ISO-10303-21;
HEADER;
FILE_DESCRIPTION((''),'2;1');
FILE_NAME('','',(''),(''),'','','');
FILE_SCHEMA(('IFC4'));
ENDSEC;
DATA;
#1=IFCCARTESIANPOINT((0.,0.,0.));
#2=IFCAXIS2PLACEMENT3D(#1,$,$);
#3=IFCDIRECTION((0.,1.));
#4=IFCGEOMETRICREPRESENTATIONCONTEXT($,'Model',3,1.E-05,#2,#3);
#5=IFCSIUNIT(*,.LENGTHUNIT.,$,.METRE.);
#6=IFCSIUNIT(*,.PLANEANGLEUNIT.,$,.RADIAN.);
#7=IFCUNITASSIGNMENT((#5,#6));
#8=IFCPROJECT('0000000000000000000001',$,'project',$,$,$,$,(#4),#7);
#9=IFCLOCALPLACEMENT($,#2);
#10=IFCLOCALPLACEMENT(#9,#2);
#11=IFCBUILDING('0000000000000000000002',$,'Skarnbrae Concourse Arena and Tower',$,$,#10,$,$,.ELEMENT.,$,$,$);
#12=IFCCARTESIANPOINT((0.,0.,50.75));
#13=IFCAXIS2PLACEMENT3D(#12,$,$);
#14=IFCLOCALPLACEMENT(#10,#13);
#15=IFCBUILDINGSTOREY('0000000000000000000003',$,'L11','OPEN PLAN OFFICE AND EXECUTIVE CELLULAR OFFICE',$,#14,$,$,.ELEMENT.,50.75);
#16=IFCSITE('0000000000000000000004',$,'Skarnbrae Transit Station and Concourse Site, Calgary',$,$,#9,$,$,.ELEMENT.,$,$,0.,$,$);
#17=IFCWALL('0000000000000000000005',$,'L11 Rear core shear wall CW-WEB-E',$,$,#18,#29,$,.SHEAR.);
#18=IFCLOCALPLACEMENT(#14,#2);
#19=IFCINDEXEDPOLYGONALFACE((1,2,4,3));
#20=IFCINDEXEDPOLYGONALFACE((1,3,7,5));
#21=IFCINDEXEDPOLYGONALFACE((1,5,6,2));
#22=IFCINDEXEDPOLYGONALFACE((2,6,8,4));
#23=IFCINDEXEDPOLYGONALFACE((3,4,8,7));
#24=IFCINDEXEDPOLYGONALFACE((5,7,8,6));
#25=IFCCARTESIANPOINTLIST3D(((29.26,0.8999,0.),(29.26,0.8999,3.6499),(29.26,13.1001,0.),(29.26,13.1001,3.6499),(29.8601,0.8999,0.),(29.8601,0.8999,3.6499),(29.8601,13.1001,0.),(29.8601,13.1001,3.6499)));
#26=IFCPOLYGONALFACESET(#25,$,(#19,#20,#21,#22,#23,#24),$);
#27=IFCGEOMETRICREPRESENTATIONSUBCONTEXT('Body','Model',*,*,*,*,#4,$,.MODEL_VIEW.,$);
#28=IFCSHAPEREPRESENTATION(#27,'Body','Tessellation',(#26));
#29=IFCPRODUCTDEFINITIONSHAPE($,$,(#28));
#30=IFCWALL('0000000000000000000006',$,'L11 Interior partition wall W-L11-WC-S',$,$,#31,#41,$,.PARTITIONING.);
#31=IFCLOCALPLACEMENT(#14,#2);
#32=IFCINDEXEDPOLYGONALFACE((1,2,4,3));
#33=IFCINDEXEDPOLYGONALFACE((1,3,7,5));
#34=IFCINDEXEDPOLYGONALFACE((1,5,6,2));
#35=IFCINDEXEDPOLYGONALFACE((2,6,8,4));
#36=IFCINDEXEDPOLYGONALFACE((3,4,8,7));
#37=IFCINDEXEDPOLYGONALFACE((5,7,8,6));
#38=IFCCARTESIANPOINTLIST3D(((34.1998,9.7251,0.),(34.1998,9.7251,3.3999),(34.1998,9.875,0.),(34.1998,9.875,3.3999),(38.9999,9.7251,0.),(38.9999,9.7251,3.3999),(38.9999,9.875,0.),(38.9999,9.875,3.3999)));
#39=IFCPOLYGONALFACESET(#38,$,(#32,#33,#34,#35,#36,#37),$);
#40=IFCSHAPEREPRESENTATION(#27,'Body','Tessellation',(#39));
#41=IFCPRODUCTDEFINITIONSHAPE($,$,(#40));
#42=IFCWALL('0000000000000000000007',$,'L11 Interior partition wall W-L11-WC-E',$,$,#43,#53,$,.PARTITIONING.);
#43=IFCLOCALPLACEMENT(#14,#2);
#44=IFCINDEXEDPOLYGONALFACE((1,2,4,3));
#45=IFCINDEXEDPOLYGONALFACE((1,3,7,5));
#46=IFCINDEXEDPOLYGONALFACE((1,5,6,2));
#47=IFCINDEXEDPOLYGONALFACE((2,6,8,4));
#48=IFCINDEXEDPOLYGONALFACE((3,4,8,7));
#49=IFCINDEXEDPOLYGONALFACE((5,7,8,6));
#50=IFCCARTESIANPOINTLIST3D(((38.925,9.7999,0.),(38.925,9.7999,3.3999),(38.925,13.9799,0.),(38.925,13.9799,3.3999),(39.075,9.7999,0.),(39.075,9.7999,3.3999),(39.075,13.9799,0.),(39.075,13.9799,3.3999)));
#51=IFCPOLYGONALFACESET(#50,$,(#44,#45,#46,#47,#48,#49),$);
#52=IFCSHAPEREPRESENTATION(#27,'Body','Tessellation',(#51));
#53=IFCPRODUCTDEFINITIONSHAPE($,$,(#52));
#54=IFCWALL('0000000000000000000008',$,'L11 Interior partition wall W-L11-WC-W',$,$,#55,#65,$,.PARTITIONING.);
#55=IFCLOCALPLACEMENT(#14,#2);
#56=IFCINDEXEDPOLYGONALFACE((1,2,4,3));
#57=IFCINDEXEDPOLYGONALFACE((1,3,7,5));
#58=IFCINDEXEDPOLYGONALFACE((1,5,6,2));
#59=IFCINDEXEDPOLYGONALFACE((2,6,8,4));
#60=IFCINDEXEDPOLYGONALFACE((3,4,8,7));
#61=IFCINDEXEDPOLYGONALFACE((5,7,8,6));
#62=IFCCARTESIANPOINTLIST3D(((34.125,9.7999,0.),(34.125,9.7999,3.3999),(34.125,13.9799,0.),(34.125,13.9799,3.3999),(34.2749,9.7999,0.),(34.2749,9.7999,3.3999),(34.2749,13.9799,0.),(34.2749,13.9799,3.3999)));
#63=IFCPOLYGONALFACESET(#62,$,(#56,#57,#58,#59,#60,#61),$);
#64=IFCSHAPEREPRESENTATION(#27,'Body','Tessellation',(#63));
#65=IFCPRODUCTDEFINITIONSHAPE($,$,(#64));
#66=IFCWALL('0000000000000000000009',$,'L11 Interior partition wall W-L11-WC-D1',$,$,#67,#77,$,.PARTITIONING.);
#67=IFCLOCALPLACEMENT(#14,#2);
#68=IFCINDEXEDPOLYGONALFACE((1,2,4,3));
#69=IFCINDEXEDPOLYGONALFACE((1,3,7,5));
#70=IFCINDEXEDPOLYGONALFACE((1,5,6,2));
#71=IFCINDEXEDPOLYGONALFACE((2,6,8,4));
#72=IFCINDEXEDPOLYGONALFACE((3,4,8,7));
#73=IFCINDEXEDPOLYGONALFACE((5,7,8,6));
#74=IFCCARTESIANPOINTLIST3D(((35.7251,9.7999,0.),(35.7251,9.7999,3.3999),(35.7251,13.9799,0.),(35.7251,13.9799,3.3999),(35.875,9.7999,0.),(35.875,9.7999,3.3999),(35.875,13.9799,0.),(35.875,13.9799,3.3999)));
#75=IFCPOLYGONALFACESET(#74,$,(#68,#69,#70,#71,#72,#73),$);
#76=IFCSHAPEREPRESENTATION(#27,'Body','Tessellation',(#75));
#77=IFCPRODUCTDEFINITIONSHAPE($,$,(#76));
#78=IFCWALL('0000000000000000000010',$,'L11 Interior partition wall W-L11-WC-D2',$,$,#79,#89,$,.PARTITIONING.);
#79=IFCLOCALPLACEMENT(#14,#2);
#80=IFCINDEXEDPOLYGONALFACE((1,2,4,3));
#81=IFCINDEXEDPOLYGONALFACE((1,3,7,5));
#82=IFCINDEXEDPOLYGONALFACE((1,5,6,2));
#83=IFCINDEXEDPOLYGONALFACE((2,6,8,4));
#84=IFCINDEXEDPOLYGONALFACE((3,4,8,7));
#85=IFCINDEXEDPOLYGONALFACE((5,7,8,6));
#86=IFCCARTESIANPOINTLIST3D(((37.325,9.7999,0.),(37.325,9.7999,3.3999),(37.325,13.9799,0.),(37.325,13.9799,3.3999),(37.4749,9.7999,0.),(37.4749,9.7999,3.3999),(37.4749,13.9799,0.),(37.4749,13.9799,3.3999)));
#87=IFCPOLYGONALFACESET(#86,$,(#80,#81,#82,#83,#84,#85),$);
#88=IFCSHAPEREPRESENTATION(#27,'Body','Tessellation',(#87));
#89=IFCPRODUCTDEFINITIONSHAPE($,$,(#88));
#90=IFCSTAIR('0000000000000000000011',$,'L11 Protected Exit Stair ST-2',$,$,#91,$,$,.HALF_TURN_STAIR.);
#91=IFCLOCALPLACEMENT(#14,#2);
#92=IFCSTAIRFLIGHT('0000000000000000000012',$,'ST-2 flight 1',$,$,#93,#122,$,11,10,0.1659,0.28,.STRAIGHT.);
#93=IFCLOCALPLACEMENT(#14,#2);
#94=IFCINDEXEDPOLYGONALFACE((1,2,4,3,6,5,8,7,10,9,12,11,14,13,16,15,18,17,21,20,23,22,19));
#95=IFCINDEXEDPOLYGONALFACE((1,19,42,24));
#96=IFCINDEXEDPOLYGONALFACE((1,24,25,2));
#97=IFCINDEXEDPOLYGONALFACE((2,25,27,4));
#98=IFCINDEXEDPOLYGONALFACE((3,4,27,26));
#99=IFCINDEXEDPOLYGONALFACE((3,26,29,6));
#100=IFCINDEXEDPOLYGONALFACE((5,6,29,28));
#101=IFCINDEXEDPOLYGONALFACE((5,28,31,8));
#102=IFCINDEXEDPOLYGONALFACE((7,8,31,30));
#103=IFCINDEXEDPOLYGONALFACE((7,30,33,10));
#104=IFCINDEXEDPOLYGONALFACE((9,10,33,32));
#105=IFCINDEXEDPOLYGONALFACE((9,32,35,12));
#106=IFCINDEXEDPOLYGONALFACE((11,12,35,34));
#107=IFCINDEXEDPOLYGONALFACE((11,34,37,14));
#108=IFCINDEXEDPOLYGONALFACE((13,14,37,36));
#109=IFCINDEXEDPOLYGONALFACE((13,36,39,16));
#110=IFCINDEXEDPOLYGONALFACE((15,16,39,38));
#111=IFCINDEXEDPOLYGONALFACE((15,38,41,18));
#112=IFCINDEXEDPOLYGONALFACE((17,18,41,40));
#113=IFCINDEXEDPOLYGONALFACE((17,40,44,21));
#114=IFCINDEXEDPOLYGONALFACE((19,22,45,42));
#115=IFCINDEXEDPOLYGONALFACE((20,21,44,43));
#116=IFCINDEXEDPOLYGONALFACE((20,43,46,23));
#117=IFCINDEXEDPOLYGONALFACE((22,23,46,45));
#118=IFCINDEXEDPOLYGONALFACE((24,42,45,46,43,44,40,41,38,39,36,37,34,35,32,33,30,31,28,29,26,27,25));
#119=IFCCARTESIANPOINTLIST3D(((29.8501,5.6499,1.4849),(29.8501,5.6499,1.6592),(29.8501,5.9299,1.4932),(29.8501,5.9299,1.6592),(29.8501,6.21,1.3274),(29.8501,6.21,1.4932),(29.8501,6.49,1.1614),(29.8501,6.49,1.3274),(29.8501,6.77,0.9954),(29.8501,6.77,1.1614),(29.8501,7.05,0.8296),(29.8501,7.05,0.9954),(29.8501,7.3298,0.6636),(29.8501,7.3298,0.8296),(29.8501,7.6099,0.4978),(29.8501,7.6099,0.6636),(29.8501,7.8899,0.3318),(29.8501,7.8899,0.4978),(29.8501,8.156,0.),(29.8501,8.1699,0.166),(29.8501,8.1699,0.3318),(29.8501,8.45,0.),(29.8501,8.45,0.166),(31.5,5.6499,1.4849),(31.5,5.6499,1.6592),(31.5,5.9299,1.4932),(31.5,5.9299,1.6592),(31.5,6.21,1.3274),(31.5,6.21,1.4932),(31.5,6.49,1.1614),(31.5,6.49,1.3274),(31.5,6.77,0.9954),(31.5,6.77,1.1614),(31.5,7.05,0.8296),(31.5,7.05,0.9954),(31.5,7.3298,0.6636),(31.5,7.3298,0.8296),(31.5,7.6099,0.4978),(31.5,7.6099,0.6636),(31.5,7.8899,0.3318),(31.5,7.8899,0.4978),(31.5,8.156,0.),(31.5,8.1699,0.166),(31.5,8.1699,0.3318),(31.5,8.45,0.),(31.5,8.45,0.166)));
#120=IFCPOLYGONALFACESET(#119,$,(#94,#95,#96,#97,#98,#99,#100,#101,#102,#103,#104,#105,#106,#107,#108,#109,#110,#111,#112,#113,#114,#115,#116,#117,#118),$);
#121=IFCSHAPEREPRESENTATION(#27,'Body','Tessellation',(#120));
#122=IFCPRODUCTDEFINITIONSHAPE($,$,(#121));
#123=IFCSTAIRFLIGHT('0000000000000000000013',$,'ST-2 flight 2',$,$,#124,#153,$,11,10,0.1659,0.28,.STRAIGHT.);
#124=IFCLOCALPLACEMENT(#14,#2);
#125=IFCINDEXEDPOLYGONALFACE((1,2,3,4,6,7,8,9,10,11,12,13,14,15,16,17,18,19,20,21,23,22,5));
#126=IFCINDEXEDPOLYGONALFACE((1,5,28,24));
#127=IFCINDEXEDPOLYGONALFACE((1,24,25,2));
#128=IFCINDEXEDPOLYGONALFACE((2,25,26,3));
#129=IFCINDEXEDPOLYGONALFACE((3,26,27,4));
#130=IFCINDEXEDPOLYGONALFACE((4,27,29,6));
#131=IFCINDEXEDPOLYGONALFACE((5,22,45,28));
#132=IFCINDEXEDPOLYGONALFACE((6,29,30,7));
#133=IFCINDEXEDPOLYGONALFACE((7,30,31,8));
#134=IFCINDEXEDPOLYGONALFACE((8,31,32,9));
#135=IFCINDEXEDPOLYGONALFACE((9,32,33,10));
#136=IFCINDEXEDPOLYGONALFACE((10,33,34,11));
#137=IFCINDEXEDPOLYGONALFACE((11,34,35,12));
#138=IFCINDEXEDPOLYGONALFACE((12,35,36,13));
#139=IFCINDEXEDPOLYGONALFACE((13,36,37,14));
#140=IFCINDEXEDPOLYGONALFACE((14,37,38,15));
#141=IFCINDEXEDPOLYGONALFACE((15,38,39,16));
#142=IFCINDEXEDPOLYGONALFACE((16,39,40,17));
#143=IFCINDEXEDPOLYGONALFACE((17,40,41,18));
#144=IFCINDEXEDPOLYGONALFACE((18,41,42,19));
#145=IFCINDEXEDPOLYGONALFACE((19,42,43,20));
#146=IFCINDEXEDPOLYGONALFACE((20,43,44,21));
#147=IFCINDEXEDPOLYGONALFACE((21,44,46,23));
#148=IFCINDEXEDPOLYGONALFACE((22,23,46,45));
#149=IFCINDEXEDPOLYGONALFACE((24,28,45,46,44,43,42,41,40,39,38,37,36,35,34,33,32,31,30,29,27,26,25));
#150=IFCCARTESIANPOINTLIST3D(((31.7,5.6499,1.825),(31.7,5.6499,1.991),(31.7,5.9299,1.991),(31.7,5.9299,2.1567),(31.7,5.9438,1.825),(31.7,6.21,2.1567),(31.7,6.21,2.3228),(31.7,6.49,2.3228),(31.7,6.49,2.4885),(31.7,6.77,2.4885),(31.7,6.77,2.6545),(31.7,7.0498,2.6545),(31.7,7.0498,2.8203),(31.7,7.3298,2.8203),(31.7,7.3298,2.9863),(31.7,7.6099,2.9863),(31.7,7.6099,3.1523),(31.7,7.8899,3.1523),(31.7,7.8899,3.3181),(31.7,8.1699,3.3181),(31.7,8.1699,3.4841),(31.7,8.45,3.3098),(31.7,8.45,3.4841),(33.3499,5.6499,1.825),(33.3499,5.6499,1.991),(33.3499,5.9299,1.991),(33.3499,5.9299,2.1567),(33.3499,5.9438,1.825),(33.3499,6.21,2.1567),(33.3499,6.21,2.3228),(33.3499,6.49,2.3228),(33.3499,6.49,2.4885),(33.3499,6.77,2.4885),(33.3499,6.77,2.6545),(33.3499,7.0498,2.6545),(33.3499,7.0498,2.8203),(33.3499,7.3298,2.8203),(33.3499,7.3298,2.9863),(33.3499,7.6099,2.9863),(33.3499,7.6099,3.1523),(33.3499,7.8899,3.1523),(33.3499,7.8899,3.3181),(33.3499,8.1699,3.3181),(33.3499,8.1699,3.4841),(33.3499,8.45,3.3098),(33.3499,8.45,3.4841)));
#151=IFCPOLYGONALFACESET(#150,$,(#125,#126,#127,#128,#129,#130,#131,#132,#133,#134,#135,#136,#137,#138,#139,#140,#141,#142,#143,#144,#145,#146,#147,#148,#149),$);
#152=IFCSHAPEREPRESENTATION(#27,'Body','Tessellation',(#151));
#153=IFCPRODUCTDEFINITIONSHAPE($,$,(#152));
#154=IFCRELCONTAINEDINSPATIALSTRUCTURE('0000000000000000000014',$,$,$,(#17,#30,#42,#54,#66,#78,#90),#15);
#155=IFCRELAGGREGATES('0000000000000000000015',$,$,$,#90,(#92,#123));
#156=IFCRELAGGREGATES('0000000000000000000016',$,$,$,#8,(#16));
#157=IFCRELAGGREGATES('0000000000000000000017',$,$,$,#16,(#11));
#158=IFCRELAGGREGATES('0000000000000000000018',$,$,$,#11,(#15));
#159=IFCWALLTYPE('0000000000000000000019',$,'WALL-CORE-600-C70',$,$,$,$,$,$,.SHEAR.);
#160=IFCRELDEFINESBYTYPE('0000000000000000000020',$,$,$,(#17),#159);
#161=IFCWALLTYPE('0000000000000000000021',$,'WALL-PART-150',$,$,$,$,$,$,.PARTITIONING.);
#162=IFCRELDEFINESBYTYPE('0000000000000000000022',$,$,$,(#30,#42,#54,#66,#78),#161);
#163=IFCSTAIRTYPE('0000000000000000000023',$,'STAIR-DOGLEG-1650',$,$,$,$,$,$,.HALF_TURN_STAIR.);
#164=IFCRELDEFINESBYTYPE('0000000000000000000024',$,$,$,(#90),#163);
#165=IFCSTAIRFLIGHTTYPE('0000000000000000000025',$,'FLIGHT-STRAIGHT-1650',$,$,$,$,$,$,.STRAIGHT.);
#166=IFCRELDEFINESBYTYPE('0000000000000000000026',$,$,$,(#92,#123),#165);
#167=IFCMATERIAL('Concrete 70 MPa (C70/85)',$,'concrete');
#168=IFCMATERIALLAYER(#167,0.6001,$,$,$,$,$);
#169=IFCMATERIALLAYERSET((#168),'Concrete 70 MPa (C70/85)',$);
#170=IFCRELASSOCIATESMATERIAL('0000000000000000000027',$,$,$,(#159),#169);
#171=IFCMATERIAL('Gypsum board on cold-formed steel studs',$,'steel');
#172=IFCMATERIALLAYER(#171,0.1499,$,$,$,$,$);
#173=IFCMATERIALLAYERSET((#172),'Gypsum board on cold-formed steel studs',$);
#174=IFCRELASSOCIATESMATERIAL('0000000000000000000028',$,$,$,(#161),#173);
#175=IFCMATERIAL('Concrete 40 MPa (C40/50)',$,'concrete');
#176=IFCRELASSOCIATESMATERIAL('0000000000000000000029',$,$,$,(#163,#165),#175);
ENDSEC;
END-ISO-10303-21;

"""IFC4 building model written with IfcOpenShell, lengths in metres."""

from ifc_helpers import new_model, si_unit, direction, frame, frame_2d, origin, place, context, subcontext, project, spatial, polyline, rectangle, outline, extrude, source, transform, mapped, material, layer, layer_set, type_object, element, aggregate, save


model = new_model("IFC4")

# Units and contexts
model_context = context("Model", 3, precision=1e-05, world=origin(), true_north=direction((0.0, 1.0)))
body_context = subcontext(model_context, "Body", "Model", "MODEL_VIEW")
ifc_project = project(units=[si_unit("LENGTHUNIT", "METRE"), si_unit("PLANEANGLEUNIT", "RADIAN")], contexts=[model_context])

# Site, building, storey
site_placement = place(None, origin())
site = spatial("IfcSite", under=ifc_project, at=site_placement, Name="Skarnbrae Transit Station and Concourse Site, Calgary", CompositionType="ELEMENT", RefElevation=0.0)
building_placement = place(site_placement, origin())
building = spatial("IfcBuilding", under=site, at=building_placement, Name="Skarnbrae Concourse Arena and Tower", CompositionType="ELEMENT")
storey_placement = place(building_placement, frame((0.0, 0.0, 50.75)))
storey = spatial("IfcBuildingStorey", under=building, at=storey_placement, Name="L11", Description="OPEN PLAN OFFICE AND EXECUTIVE CELLULAR OFFICE", CompositionType="ELEMENT", Elevation=50.75)

# Wall
ifc_material_1 = material(Name="Concrete 70 MPa (C70/85)", Category="concrete")
ifc_layer_1 = layer(ifc_material_1, 0.6001)
ifc_layer_set_1 = layer_set([ifc_layer_1], Name="Concrete 70 MPa (C70/85)")
wall_type_1 = type_object("IfcWallType", Name="WALL-CORE-600-C70", PredefinedType="SHEAR", material=ifc_layer_set_1)
shared_shape_1 = source(origin(), body_context, "Body", "SweptSolid", [
    extrude(rectangle(XDim=12.2002, YDim=0.6001, at=frame_2d((6.1001, 0.0))), origin(), (0.0, 0.0, 1.0), 3.6499),
])
wall_1_placement = place(storey_placement, frame((29.5601, 0.8999, 0.0), z_axis=(0.0, 0.0, 1.0), x_axis=(0.0, 1.0, 0.0)))
element("IfcWall", 1, at=wall_1_placement, inside=storey, type_object=wall_type_1, Name="L11 Rear core shear wall CW-WEB-E", PredefinedType="SHEAR", context=body_context, shape_type="MappedRepresentation", body=[
    mapped(shared_shape_1, transform((0.0, 0.0, 0.0))),
])

# Walls
ifc_material_2 = material(Name="Gypsum board on cold-formed steel studs", Category="steel")
ifc_layer_2 = layer(ifc_material_2, 0.1499)
ifc_layer_set_2 = layer_set([ifc_layer_2], Name="Gypsum board on cold-formed steel studs")
wall_type_2 = type_object("IfcWallType", Name="WALL-PART-150", PredefinedType="PARTITIONING", material=ifc_layer_set_2)
shared_shape_2 = source(origin(), body_context, "Body", "SweptSolid", [
    extrude(rectangle(XDim=4.8, YDim=0.1499, at=frame_2d((2.3999, 0.0))), origin(), (0.0, 0.0, 1.0), 3.3999),
])
wall_2_placement = place(storey_placement, frame((34.2, 9.8, 0.0), z_axis=(0.0, 0.0, 1.0), x_axis=(1.0, 0.0, 0.0)))
element("IfcWall", 2, at=wall_2_placement, inside=storey, type_object=wall_type_2, Name="L11 Interior partition wall W-L11-WC-S", PredefinedType="PARTITIONING", context=body_context, shape_type="MappedRepresentation", body=[
    mapped(shared_shape_2, transform((0.0, 0.0, 0.0))),
])
shared_shape_3 = source(origin(), body_context, "Body", "SweptSolid", [
    extrude(rectangle(XDim=4.1799, YDim=0.1499, at=frame_2d((2.0898, 0.0))), origin(), (0.0, 0.0, 1.0), 3.3999),
])
for number, where, z_axis, x_axis, name in (
    (3, (39.0, 9.8, 0.0), (0.0, 0.0, 1.0), (0.0, 1.0, 0.0), "L11 Interior partition wall W-L11-WC-E"),
    (4, (34.2, 9.8, 0.0), (0.0, 0.0, 1.0), (0.0, 1.0, 0.0), "L11 Interior partition wall W-L11-WC-W"),
    (5, (35.8, 9.8, 0.0), (0.0, 0.0, 1.0), (0.0, 1.0, 0.0), "L11 Interior partition wall W-L11-WC-D1"),
    (6, (37.3999, 9.8, 0.0), (0.0, 0.0, 1.0), (0.0, 1.0, 0.0), "L11 Interior partition wall W-L11-WC-D2"),
):
    element("IfcWall", number, at=place(storey_placement, frame(where, z_axis=z_axis, x_axis=x_axis)), inside=storey, type_object=wall_type_2, Name=name, PredefinedType="PARTITIONING", context=body_context, shape_type="MappedRepresentation", body=[
        mapped(shared_shape_3, transform((0.0, 0.0, 0.0))),
    ])

# Stair, stair flights
ifc_material_3 = material(Name="Concrete 40 MPa (C40/50)", Category="concrete")
stair_type = type_object("IfcStairType", Name="STAIR-DOGLEG-1650", PredefinedType="HALF_TURN_STAIR", material=ifc_material_3)
stair_placement = place(storey_placement, origin())
stair = element("IfcStair", 7, at=stair_placement, inside=storey, type_object=stair_type, Name="L11 Protected Exit Stair ST-2", PredefinedType="HALF_TURN_STAIR")
stair_flight_type = type_object("IfcStairFlightType", Name="FLIGHT-STRAIGHT-1650", PredefinedType="STRAIGHT", material=ifc_material_3)
shared_shape_4 = source(origin(), body_context, "Body", "SweptSolid", [
    extrude(outline(polyline([(0.0, 0.0), (0.0, 0.166), (0.28, 0.166), (0.28, 0.3318), (0.5601, 0.3318), (0.5601, 0.4978), (0.8401, 0.4978), (0.8401, 0.6636), (1.1201, 0.6636), (1.1201, 0.8296), (1.3999, 0.8296), (1.3999, 0.9954), (1.6799, 0.9954), (1.6799, 1.1614), (1.96, 1.1614), (1.96, 1.3274), (2.24, 1.3274), (2.24, 1.4932), (2.52, 1.4932), (2.52, 1.6592), (2.8, 1.6592), (2.8, 1.825), (2.8, 1.4849), (0.2939, 0.0), (0.0, 0.0)])), frame((0.0, 0.825, 0.0), z_axis=(0.0, -1.0, 0.0), x_axis=(1.0, 0.0, 0.0)), (0.0, 0.0, 1.0), 1.6499),
])
stair_flight_1_placement = place(storey_placement, frame((30.675, 8.45, 0.0), z_axis=(0.0, 0.0, 1.0), x_axis=(0.0, -1.0, 0.0)))
stair_flight_1 = element("IfcStairFlight", 8, at=stair_flight_1_placement, type_object=stair_flight_type, Name="ST-2 flight 1", NumberOfRisers=11, NumberOfTreads=10, PredefinedType="STRAIGHT", RiserHeight=0.1659, TreadLength=0.28, context=body_context, shape_type="MappedRepresentation", body=[
    mapped(shared_shape_4, transform((0.0, 0.0, 0.0))),
])
stair_flight_2_placement = place(storey_placement, frame((32.5249, 5.6499, 1.825), z_axis=(0.0, 0.0, 1.0), x_axis=(0.0, 1.0, 0.0)))
stair_flight_2 = element("IfcStairFlight", 9, at=stair_flight_2_placement, type_object=stair_flight_type, Name="ST-2 flight 2", NumberOfRisers=11, NumberOfTreads=10, PredefinedType="STRAIGHT", RiserHeight=0.1659, TreadLength=0.28, context=body_context, shape_type="MappedRepresentation", body=[
    mapped(shared_shape_4, transform((0.0, 0.0, 0.0))),
])
aggregate(stair, [stair_flight_1, stair_flight_2])

save(model, "model.ifc")
